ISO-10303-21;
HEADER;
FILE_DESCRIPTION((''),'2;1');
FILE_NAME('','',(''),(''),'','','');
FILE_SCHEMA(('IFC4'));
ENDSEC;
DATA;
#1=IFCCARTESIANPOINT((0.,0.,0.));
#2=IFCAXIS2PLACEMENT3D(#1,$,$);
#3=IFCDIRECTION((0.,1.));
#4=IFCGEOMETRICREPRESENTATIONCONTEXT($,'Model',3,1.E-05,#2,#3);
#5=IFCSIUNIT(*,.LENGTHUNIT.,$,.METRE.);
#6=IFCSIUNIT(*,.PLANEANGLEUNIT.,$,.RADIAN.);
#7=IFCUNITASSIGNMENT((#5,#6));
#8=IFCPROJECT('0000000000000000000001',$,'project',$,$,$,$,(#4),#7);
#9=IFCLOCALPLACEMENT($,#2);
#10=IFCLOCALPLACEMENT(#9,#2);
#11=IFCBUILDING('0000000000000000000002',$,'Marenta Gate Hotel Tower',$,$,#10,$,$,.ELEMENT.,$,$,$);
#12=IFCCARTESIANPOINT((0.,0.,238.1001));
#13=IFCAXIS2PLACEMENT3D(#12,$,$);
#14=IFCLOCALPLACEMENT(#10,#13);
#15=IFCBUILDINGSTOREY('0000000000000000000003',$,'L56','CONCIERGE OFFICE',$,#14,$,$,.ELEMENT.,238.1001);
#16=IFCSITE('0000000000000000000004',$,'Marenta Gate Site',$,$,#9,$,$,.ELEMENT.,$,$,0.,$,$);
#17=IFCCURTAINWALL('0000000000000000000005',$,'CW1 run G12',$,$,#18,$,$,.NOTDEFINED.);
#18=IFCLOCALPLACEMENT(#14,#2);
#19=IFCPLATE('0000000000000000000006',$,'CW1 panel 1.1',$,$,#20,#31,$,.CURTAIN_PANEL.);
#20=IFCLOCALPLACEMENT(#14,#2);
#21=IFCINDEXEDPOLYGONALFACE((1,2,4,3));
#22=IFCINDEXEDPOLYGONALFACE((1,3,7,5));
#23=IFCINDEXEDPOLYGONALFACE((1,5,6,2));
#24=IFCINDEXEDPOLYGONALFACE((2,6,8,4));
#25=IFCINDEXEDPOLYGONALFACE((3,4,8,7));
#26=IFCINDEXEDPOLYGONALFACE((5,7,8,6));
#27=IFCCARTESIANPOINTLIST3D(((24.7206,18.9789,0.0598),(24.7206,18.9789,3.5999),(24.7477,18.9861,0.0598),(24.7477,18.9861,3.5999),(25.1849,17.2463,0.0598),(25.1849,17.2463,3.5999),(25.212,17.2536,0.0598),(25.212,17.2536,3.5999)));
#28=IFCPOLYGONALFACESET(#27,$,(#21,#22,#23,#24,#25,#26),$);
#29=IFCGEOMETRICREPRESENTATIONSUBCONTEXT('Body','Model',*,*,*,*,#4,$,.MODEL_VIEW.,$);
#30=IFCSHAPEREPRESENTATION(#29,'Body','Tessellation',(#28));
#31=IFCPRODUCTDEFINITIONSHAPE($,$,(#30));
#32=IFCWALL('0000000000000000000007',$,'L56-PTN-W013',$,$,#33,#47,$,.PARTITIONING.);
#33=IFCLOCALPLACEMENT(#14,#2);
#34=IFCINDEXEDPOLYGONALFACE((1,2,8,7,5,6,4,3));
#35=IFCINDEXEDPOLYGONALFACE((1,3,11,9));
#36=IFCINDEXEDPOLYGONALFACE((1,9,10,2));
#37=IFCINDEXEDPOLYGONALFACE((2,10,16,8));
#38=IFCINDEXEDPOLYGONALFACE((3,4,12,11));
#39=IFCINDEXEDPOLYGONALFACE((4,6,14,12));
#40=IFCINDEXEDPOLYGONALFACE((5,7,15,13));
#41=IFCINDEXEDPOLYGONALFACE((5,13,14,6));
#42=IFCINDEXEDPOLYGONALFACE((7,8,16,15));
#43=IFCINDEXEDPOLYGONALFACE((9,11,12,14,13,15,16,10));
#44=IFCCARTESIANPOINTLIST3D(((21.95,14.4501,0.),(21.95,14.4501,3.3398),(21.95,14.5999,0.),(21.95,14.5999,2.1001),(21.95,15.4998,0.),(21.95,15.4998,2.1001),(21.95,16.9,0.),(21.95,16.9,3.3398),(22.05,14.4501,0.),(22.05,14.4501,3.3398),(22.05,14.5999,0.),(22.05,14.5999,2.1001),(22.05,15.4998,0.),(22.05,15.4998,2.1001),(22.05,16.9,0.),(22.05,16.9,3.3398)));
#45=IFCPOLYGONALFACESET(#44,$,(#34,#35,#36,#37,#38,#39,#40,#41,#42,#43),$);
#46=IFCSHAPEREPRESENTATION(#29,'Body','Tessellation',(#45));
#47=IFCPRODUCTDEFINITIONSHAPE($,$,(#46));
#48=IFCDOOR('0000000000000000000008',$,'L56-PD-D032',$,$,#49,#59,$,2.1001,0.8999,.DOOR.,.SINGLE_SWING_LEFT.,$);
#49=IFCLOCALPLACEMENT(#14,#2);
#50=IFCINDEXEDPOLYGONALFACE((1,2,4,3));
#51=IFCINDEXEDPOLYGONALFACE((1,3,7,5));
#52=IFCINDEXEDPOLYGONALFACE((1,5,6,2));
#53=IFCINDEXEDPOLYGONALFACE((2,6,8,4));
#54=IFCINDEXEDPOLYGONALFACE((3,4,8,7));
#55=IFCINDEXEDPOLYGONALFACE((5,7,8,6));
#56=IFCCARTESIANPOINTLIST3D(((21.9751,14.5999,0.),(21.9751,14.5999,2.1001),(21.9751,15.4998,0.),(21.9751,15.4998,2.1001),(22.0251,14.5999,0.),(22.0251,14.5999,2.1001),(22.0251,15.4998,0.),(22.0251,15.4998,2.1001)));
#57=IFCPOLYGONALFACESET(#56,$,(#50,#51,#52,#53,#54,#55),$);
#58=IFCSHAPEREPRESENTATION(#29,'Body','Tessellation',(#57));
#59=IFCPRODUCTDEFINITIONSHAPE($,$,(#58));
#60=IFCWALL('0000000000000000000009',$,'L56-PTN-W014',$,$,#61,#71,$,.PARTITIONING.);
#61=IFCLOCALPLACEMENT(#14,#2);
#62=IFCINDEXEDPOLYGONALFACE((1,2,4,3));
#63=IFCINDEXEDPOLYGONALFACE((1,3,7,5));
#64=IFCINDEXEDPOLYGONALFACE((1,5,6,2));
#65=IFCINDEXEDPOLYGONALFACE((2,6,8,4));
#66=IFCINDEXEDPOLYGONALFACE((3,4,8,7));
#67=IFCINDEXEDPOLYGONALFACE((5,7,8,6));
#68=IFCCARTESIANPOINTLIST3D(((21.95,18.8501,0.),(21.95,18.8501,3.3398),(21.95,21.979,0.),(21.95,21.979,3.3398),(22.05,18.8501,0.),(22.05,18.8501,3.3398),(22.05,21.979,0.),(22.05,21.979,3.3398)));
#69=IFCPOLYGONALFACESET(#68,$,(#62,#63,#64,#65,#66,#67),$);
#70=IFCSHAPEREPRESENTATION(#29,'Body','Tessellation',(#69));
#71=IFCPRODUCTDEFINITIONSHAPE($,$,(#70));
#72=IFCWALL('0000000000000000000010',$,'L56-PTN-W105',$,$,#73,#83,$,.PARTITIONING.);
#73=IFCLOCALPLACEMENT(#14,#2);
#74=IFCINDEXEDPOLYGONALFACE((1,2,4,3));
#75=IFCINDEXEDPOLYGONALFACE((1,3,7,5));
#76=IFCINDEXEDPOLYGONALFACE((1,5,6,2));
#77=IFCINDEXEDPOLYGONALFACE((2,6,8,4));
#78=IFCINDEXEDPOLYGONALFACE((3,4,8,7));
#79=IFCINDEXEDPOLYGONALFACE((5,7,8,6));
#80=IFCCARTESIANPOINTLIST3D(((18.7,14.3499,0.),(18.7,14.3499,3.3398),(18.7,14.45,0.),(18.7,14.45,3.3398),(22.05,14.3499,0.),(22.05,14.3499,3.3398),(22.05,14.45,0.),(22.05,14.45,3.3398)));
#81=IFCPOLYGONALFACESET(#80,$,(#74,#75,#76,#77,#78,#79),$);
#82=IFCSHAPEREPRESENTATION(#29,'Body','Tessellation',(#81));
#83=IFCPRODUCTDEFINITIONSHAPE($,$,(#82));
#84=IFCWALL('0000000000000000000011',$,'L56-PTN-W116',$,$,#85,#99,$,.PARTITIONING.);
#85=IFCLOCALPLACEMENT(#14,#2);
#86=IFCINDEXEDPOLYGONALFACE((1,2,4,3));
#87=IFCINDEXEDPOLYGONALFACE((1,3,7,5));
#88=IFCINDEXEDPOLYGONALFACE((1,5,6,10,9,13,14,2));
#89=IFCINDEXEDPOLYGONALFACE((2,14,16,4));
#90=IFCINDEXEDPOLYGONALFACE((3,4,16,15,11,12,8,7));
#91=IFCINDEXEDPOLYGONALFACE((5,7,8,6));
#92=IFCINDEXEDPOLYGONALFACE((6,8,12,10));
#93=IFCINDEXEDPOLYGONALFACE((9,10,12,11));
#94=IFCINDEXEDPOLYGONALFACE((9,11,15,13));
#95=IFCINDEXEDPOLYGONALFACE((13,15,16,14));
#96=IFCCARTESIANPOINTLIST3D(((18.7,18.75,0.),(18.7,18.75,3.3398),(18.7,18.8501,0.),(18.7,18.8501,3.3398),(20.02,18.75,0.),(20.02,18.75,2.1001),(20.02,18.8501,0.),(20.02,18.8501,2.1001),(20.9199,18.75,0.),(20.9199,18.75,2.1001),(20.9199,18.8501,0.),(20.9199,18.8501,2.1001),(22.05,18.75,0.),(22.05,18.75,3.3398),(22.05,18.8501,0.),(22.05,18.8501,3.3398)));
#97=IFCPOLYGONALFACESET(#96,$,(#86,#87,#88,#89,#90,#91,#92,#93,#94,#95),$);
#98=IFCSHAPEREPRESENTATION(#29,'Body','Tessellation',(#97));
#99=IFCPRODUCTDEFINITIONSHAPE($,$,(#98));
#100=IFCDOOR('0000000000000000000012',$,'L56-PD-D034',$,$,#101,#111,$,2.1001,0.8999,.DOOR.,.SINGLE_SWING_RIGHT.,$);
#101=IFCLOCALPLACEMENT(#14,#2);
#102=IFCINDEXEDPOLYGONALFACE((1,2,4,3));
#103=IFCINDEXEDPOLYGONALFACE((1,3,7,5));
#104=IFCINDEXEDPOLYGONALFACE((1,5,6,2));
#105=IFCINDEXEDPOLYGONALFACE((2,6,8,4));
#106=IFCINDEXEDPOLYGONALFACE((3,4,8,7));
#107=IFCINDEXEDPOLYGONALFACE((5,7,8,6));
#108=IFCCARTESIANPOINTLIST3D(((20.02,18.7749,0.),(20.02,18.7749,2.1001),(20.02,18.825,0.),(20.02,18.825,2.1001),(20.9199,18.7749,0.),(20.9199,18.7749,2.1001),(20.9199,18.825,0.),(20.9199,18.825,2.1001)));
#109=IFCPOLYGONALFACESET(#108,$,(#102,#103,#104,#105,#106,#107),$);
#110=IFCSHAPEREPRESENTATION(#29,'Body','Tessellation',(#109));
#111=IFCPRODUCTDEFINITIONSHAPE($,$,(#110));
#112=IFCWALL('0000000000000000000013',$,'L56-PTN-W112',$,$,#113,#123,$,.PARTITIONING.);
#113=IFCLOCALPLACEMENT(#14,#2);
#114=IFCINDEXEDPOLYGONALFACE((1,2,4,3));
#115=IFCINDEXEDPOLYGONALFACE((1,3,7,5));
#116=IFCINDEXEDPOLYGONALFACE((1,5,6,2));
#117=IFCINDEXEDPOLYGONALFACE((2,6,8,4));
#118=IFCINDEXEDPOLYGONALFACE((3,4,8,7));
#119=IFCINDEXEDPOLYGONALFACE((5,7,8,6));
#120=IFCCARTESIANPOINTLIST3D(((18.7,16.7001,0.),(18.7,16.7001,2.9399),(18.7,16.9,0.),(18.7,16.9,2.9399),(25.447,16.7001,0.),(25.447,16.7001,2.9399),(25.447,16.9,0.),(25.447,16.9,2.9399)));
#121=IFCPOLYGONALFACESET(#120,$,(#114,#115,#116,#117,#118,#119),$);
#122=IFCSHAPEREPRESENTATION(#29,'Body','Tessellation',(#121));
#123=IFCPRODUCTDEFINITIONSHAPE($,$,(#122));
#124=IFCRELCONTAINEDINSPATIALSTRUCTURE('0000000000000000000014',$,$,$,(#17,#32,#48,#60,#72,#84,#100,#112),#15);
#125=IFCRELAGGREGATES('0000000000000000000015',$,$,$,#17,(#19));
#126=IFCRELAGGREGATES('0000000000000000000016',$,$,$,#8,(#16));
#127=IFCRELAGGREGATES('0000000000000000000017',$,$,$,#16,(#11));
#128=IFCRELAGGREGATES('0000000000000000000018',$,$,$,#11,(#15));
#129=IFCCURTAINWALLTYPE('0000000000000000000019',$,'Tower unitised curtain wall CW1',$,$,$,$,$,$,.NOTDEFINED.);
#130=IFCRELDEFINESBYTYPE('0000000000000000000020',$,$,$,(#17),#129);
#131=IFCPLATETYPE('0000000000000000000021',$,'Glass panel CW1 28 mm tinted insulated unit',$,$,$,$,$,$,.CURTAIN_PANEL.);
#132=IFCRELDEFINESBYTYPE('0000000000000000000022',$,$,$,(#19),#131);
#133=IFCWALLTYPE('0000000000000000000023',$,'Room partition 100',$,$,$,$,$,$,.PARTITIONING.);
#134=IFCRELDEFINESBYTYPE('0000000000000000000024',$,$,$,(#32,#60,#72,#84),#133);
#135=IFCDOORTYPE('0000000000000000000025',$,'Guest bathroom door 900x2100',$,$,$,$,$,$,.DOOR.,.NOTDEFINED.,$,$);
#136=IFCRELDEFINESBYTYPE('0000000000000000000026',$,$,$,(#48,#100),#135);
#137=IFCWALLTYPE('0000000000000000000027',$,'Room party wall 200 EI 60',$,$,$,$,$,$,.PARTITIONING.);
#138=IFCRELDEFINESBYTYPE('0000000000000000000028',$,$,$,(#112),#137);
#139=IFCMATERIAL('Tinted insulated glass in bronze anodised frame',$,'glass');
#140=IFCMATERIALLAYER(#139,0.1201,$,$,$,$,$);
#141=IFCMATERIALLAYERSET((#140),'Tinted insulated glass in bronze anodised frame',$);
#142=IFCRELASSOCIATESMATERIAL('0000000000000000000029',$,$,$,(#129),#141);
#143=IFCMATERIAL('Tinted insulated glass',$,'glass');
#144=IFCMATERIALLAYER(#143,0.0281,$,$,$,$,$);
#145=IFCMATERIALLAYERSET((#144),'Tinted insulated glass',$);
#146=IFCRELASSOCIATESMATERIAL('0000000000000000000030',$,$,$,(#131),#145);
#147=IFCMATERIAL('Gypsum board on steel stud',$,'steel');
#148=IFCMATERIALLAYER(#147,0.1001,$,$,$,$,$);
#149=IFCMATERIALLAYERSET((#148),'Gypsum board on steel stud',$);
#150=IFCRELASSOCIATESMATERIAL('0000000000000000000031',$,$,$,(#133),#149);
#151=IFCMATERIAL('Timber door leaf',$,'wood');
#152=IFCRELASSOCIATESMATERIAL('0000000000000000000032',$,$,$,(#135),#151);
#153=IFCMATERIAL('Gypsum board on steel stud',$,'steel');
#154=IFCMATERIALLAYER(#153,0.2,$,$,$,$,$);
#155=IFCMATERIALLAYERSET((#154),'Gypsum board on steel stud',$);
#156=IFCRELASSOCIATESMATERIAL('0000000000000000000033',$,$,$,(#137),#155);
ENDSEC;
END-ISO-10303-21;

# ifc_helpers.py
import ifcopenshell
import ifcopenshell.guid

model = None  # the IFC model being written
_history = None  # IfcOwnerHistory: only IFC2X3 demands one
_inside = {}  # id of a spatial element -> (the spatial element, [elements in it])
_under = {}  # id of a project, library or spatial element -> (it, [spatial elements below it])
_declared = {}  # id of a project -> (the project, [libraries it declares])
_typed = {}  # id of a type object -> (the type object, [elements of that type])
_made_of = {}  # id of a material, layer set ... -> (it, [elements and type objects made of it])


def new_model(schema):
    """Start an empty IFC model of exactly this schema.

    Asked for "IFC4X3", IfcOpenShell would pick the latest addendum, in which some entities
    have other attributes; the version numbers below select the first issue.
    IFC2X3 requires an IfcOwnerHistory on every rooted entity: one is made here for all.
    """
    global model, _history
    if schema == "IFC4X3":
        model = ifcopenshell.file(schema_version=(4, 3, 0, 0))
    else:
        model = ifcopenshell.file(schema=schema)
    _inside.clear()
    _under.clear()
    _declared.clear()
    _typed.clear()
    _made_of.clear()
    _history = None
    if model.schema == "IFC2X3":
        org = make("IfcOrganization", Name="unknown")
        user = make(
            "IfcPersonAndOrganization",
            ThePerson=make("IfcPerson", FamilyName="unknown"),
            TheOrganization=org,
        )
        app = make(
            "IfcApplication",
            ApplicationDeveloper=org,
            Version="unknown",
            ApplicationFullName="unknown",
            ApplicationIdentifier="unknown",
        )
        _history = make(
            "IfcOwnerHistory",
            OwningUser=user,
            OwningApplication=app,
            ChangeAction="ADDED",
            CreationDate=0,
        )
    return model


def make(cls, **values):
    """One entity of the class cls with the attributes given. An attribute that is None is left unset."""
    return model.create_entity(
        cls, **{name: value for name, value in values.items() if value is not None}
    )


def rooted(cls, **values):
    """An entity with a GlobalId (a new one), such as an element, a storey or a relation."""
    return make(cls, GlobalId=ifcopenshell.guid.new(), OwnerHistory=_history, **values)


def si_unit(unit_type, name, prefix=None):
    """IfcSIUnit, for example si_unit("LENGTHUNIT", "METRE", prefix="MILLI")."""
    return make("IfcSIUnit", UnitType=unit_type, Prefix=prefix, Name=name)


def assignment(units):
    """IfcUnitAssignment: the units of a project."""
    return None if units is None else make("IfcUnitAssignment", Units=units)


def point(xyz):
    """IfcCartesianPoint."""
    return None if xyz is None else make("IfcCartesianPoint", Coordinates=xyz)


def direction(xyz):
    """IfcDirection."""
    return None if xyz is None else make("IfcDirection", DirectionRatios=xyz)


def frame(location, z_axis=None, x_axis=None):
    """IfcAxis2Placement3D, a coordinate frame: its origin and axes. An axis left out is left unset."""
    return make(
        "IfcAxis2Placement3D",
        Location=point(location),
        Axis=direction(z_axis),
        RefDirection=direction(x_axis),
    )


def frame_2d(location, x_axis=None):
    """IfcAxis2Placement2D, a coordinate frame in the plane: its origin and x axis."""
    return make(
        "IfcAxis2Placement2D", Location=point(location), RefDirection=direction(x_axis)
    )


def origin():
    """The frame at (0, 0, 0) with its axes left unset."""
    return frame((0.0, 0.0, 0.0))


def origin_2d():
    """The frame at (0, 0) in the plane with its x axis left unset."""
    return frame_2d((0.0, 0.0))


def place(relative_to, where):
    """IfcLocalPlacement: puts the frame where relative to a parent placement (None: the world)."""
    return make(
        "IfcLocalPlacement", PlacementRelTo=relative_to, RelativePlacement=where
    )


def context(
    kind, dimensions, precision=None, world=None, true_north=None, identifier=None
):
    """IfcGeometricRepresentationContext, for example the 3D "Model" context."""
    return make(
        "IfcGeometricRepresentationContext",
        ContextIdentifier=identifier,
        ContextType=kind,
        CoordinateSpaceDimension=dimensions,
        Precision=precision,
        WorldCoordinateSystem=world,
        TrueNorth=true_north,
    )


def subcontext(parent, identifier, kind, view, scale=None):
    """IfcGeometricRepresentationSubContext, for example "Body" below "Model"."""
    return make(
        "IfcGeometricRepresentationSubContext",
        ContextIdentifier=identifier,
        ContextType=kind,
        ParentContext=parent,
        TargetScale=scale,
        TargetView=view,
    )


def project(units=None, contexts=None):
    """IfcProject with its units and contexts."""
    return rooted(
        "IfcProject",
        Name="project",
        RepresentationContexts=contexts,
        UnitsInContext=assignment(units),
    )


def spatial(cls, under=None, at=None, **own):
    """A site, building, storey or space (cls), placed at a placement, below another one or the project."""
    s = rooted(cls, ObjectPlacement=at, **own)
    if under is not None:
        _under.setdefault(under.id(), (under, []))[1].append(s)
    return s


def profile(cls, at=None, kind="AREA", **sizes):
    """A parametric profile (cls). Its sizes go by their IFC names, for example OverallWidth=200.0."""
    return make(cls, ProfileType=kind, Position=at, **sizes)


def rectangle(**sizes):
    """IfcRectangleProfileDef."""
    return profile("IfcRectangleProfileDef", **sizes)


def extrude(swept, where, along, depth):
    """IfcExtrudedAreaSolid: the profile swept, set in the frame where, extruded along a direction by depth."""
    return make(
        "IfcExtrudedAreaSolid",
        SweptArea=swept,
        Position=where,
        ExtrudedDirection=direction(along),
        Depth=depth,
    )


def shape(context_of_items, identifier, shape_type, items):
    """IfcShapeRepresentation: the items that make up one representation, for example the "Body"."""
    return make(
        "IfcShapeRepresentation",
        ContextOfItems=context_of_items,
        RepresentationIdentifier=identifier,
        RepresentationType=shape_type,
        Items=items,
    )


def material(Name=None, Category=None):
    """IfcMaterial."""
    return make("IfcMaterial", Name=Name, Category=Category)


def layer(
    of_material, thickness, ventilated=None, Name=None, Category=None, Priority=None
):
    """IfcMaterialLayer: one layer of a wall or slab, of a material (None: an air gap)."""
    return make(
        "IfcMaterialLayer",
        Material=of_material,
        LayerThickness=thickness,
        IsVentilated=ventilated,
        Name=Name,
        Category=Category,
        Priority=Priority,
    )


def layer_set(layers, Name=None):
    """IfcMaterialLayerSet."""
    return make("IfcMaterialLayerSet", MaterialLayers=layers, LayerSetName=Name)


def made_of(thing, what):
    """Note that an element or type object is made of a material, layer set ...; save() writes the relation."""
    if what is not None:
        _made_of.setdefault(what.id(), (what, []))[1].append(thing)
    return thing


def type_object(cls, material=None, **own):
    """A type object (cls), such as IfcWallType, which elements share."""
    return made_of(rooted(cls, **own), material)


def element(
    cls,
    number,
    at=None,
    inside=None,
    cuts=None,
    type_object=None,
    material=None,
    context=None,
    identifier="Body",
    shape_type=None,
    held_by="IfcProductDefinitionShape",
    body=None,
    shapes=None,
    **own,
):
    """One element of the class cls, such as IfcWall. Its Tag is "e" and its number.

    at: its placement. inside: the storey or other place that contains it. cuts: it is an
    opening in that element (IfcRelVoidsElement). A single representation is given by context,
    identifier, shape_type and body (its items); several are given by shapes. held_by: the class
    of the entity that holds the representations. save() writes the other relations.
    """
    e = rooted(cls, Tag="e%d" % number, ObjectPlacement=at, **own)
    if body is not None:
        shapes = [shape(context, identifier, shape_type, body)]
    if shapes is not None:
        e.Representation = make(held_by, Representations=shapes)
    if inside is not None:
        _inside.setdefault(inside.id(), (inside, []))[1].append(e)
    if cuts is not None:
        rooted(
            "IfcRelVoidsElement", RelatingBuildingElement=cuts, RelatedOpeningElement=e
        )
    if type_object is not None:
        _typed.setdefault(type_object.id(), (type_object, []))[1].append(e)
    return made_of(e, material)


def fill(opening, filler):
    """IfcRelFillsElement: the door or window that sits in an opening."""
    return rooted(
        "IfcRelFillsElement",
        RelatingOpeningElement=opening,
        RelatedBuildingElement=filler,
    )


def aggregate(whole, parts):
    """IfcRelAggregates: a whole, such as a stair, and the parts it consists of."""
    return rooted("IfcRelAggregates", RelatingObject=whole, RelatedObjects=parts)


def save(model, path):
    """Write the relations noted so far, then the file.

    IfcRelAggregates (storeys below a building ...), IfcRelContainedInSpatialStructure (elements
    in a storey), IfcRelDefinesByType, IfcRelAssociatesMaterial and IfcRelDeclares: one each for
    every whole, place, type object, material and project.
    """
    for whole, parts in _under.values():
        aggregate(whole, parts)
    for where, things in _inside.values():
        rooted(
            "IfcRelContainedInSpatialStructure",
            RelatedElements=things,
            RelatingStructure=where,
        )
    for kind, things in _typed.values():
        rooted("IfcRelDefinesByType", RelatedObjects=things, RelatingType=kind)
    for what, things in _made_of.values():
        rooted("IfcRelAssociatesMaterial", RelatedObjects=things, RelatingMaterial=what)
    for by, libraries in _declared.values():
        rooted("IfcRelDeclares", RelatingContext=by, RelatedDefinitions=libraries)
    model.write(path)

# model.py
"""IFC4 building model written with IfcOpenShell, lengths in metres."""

from ifc_helpers import new_model, si_unit, direction, frame, frame_2d, origin, origin_2d, place, context, subcontext, project, spatial, rectangle, extrude, material, layer, layer_set, type_object, element, fill, aggregate, save


model = new_model("IFC4")

# Units and contexts
model_context = context("Model", 3, precision=1e-05, world=origin(), true_north=direction((0.0, 1.0)))
body_context = subcontext(model_context, "Body", "Model", "MODEL_VIEW")
ifc_project = project(units=[si_unit("LENGTHUNIT", "METRE"), si_unit("PLANEANGLEUNIT", "RADIAN")], contexts=[model_context])

# Site, building, storey
site_placement = place(None, origin())
site = spatial("IfcSite", under=ifc_project, at=site_placement, Name="Marenta Gate Site", CompositionType="ELEMENT", RefElevation=0.0)
building_placement = place(site_placement, origin())
building = spatial("IfcBuilding", under=site, at=building_placement, Name="Marenta Gate Hotel Tower", CompositionType="ELEMENT")
storey_placement = place(building_placement, frame((0.0, 0.0, 238.1001)))
storey = spatial("IfcBuildingStorey", under=building, at=storey_placement, Name="L56", Description="CONCIERGE OFFICE", CompositionType="ELEMENT", Elevation=238.1001)

# Curtain wall
ifc_material_1 = material(Name="Tinted insulated glass in bronze anodised frame", Category="glass")
ifc_layer_1 = layer(ifc_material_1, 0.1201)
ifc_layer_set_1 = layer_set([ifc_layer_1], Name="Tinted insulated glass in bronze anodised frame")
curtain_wall_type = type_object("IfcCurtainWallType", Name="Tower unitised curtain wall CW1", PredefinedType="NOTDEFINED", material=ifc_layer_set_1)
curtain_wall_1_placement = place(storey_placement, origin())
curtain_wall_1 = element("IfcCurtainWall", 1, at=curtain_wall_1_placement, inside=storey, type_object=curtain_wall_type, Name="CW1 run G12", PredefinedType="NOTDEFINED")

# Shared definitions
ifc_material_2 = material(Name="Tinted insulated glass", Category="glass")
ifc_layer_2 = layer(ifc_material_2, 0.0281)
ifc_layer_set_2 = layer_set([ifc_layer_2], Name="Tinted insulated glass")
plate_type = type_object("IfcPlateType", Name="Glass panel CW1 28 mm tinted insulated unit", PredefinedType="CURTAIN_PANEL", material=ifc_layer_set_2)

# Plate
plate_1_placement = place(storey_placement, frame((24.9663, 18.1162, 0.0598), z_axis=(0.0, 0.0, 1.0), x_axis=(-0.258824, 0.965924, 0.0)))
plate_1 = element("IfcPlate", 2, at=plate_1_placement, type_object=plate_type, Name="CW1 panel 1.1", PredefinedType="CURTAIN_PANEL", context=body_context, shape_type="SweptSolid", body=[
    extrude(rectangle(XDim=1.7937, YDim=0.0281, at=origin_2d()), origin(), (0.0, 0.0, 1.0), 3.54),
])
aggregate(curtain_wall_1, [plate_1])

# Wall, opening, door
ifc_material_3 = material(Name="Gypsum board on steel stud", Category="steel")
ifc_layer_3 = layer(ifc_material_3, 0.1001)
ifc_layer_set_3 = layer_set([ifc_layer_3], Name="Gypsum board on steel stud")
wall_type_1 = type_object("IfcWallType", Name="Room partition 100", PredefinedType="PARTITIONING", material=ifc_layer_set_3)
wall_1_placement = place(storey_placement, frame((22.0, 14.45, 0.0), z_axis=(0.0, 0.0, 1.0), x_axis=(0.0, 1.0, 0.0)))
wall_1 = element("IfcWall", 3, at=wall_1_placement, inside=storey, type_object=wall_type_1, Name="L56-PTN-W013", PredefinedType="PARTITIONING", context=body_context, shape_type="SweptSolid", body=[
    extrude(rectangle(XDim=2.45, YDim=0.1001, at=frame_2d((1.2251, 0.0))), origin(), (0.0, 0.0, 1.0), 3.3398),
])
opening_1_placement = place(wall_1_placement, frame((0.1499, 0.0, 0.0)))
opening_1 = element("IfcOpeningElement", 4, at=opening_1_placement, cuts=wall_1, PredefinedType="OPENING", context=body_context, shape_type="SweptSolid", body=[
    extrude(rectangle(XDim=0.8999, YDim=2.1001, at=frame_2d((0.45, 1.05))), frame((0.0, 0.05, 0.0), z_axis=(0.0, -1.0, 0.0), x_axis=(1.0, 0.0, 0.0)), (0.0, 0.0, 1.0), 0.1001),
])
ifc_material_4 = material(Name="Timber door leaf", Category="wood")
door_type = type_object("IfcDoorType", Name="Guest bathroom door 900x2100", OperationType="NOTDEFINED", PredefinedType="DOOR", material=ifc_material_4)
door_1_placement = place(opening_1_placement, origin())
door_1 = element("IfcDoor", 5, at=door_1_placement, inside=storey, type_object=door_type, Name="L56-PD-D032", OperationType="SINGLE_SWING_LEFT", OverallHeight=2.1001, OverallWidth=0.8999, PredefinedType="DOOR", context=body_context, shape_type="SweptSolid", body=[
    extrude(rectangle(XDim=0.8999, YDim=2.1001, at=frame_2d((0.45, 1.05))), frame((0.0, 0.0249, 0.0), z_axis=(0.0, -1.0, 0.0), x_axis=(1.0, 0.0, 0.0)), (0.0, 0.0, 1.0), 0.05),
])
fill(opening_1, door_1)

# Walls
wall_2_placement = place(storey_placement, frame((22.0, 18.8501, 0.0), z_axis=(0.0, 0.0, 1.0), x_axis=(0.0, 1.0, 0.0)))
element("IfcWall", 6, at=wall_2_placement, inside=storey, type_object=wall_type_1, Name="L56-PTN-W014", PredefinedType="PARTITIONING", context=body_context, shape_type="SweptSolid", body=[
    extrude(rectangle(XDim=3.1289, YDim=0.1001, at=frame_2d((1.5645, 0.0))), origin(), (0.0, 0.0, 1.0), 3.3398),
])
wall_3_placement = place(storey_placement, frame((18.7, 14.3999, 0.0), z_axis=(0.0, 0.0, 1.0), x_axis=(1.0, 0.0, 0.0)))
element("IfcWall", 7, at=wall_3_placement, inside=storey, type_object=wall_type_1, Name="L56-PTN-W105", PredefinedType="PARTITIONING", context=body_context, shape_type="SweptSolid", body=[
    extrude(rectangle(XDim=3.3501, YDim=0.1001, at=frame_2d((1.675, 0.0))), origin(), (0.0, 0.0, 1.0), 3.3398),
])

# Wall, opening, door
wall_4_placement = place(storey_placement, frame((18.7, 18.8, 0.0), z_axis=(0.0, 0.0, 1.0), x_axis=(1.0, 0.0, 0.0)))
wall_4 = element("IfcWall", 8, at=wall_4_placement, inside=storey, type_object=wall_type_1, Name="L56-PTN-W116", PredefinedType="PARTITIONING", context=body_context, shape_type="SweptSolid", body=[
    extrude(rectangle(XDim=3.3501, YDim=0.1001, at=frame_2d((1.675, 0.0))), origin(), (0.0, 0.0, 1.0), 3.3398),
])
opening_2_placement = place(wall_4_placement, frame((1.3201, 0.0, 0.0)))
opening_2 = element("IfcOpeningElement", 9, at=opening_2_placement, cuts=wall_4, PredefinedType="OPENING", context=body_context, shape_type="SweptSolid", body=[
    extrude(rectangle(XDim=0.8999, YDim=2.1001, at=frame_2d((0.45, 1.05))), frame((0.0, 0.05, 0.0), z_axis=(0.0, -1.0, 0.0), x_axis=(1.0, 0.0, 0.0)), (0.0, 0.0, 1.0), 0.1001),
])
door_2_placement = place(opening_2_placement, origin())
door_2 = element("IfcDoor", 10, at=door_2_placement, inside=storey, type_object=door_type, Name="L56-PD-D034", OperationType="SINGLE_SWING_RIGHT", OverallHeight=2.1001, OverallWidth=0.8999, PredefinedType="DOOR", context=body_context, shape_type="SweptSolid", body=[
    extrude(rectangle(XDim=0.8999, YDim=2.1001, at=frame_2d((0.45, 1.05))), frame((0.0, 0.0249, 0.0), z_axis=(0.0, -1.0, 0.0), x_axis=(1.0, 0.0, 0.0)), (0.0, 0.0, 1.0), 0.05),
])
fill(opening_2, door_2)

# Wall
ifc_material_5 = material(Name="Gypsum board on steel stud", Category="steel")
ifc_layer_4 = layer(ifc_material_5, 0.2)
ifc_layer_set_4 = layer_set([ifc_layer_4], Name="Gypsum board on steel stud")
wall_type_2 = type_object("IfcWallType", Name="Room party wall 200 EI 60", PredefinedType="PARTITIONING", material=ifc_layer_set_4)
wall_5_placement = place(storey_placement, frame((18.7, 16.8, 0.0), z_axis=(0.0, 0.0, 1.0), x_axis=(1.0, 0.0, 0.0)))
element("IfcWall", 11, at=wall_5_placement, inside=storey, type_object=wall_type_2, Name="L56-PTN-W112", PredefinedType="PARTITIONING", context=body_context, shape_type="SweptSolid", body=[
    extrude(rectangle(XDim=6.7471, YDim=0.2, at=frame_2d((3.3735, 0.0))), origin(), (0.0, 0.0, 1.0), 2.9399),
])

save(model, "model.ifc")
